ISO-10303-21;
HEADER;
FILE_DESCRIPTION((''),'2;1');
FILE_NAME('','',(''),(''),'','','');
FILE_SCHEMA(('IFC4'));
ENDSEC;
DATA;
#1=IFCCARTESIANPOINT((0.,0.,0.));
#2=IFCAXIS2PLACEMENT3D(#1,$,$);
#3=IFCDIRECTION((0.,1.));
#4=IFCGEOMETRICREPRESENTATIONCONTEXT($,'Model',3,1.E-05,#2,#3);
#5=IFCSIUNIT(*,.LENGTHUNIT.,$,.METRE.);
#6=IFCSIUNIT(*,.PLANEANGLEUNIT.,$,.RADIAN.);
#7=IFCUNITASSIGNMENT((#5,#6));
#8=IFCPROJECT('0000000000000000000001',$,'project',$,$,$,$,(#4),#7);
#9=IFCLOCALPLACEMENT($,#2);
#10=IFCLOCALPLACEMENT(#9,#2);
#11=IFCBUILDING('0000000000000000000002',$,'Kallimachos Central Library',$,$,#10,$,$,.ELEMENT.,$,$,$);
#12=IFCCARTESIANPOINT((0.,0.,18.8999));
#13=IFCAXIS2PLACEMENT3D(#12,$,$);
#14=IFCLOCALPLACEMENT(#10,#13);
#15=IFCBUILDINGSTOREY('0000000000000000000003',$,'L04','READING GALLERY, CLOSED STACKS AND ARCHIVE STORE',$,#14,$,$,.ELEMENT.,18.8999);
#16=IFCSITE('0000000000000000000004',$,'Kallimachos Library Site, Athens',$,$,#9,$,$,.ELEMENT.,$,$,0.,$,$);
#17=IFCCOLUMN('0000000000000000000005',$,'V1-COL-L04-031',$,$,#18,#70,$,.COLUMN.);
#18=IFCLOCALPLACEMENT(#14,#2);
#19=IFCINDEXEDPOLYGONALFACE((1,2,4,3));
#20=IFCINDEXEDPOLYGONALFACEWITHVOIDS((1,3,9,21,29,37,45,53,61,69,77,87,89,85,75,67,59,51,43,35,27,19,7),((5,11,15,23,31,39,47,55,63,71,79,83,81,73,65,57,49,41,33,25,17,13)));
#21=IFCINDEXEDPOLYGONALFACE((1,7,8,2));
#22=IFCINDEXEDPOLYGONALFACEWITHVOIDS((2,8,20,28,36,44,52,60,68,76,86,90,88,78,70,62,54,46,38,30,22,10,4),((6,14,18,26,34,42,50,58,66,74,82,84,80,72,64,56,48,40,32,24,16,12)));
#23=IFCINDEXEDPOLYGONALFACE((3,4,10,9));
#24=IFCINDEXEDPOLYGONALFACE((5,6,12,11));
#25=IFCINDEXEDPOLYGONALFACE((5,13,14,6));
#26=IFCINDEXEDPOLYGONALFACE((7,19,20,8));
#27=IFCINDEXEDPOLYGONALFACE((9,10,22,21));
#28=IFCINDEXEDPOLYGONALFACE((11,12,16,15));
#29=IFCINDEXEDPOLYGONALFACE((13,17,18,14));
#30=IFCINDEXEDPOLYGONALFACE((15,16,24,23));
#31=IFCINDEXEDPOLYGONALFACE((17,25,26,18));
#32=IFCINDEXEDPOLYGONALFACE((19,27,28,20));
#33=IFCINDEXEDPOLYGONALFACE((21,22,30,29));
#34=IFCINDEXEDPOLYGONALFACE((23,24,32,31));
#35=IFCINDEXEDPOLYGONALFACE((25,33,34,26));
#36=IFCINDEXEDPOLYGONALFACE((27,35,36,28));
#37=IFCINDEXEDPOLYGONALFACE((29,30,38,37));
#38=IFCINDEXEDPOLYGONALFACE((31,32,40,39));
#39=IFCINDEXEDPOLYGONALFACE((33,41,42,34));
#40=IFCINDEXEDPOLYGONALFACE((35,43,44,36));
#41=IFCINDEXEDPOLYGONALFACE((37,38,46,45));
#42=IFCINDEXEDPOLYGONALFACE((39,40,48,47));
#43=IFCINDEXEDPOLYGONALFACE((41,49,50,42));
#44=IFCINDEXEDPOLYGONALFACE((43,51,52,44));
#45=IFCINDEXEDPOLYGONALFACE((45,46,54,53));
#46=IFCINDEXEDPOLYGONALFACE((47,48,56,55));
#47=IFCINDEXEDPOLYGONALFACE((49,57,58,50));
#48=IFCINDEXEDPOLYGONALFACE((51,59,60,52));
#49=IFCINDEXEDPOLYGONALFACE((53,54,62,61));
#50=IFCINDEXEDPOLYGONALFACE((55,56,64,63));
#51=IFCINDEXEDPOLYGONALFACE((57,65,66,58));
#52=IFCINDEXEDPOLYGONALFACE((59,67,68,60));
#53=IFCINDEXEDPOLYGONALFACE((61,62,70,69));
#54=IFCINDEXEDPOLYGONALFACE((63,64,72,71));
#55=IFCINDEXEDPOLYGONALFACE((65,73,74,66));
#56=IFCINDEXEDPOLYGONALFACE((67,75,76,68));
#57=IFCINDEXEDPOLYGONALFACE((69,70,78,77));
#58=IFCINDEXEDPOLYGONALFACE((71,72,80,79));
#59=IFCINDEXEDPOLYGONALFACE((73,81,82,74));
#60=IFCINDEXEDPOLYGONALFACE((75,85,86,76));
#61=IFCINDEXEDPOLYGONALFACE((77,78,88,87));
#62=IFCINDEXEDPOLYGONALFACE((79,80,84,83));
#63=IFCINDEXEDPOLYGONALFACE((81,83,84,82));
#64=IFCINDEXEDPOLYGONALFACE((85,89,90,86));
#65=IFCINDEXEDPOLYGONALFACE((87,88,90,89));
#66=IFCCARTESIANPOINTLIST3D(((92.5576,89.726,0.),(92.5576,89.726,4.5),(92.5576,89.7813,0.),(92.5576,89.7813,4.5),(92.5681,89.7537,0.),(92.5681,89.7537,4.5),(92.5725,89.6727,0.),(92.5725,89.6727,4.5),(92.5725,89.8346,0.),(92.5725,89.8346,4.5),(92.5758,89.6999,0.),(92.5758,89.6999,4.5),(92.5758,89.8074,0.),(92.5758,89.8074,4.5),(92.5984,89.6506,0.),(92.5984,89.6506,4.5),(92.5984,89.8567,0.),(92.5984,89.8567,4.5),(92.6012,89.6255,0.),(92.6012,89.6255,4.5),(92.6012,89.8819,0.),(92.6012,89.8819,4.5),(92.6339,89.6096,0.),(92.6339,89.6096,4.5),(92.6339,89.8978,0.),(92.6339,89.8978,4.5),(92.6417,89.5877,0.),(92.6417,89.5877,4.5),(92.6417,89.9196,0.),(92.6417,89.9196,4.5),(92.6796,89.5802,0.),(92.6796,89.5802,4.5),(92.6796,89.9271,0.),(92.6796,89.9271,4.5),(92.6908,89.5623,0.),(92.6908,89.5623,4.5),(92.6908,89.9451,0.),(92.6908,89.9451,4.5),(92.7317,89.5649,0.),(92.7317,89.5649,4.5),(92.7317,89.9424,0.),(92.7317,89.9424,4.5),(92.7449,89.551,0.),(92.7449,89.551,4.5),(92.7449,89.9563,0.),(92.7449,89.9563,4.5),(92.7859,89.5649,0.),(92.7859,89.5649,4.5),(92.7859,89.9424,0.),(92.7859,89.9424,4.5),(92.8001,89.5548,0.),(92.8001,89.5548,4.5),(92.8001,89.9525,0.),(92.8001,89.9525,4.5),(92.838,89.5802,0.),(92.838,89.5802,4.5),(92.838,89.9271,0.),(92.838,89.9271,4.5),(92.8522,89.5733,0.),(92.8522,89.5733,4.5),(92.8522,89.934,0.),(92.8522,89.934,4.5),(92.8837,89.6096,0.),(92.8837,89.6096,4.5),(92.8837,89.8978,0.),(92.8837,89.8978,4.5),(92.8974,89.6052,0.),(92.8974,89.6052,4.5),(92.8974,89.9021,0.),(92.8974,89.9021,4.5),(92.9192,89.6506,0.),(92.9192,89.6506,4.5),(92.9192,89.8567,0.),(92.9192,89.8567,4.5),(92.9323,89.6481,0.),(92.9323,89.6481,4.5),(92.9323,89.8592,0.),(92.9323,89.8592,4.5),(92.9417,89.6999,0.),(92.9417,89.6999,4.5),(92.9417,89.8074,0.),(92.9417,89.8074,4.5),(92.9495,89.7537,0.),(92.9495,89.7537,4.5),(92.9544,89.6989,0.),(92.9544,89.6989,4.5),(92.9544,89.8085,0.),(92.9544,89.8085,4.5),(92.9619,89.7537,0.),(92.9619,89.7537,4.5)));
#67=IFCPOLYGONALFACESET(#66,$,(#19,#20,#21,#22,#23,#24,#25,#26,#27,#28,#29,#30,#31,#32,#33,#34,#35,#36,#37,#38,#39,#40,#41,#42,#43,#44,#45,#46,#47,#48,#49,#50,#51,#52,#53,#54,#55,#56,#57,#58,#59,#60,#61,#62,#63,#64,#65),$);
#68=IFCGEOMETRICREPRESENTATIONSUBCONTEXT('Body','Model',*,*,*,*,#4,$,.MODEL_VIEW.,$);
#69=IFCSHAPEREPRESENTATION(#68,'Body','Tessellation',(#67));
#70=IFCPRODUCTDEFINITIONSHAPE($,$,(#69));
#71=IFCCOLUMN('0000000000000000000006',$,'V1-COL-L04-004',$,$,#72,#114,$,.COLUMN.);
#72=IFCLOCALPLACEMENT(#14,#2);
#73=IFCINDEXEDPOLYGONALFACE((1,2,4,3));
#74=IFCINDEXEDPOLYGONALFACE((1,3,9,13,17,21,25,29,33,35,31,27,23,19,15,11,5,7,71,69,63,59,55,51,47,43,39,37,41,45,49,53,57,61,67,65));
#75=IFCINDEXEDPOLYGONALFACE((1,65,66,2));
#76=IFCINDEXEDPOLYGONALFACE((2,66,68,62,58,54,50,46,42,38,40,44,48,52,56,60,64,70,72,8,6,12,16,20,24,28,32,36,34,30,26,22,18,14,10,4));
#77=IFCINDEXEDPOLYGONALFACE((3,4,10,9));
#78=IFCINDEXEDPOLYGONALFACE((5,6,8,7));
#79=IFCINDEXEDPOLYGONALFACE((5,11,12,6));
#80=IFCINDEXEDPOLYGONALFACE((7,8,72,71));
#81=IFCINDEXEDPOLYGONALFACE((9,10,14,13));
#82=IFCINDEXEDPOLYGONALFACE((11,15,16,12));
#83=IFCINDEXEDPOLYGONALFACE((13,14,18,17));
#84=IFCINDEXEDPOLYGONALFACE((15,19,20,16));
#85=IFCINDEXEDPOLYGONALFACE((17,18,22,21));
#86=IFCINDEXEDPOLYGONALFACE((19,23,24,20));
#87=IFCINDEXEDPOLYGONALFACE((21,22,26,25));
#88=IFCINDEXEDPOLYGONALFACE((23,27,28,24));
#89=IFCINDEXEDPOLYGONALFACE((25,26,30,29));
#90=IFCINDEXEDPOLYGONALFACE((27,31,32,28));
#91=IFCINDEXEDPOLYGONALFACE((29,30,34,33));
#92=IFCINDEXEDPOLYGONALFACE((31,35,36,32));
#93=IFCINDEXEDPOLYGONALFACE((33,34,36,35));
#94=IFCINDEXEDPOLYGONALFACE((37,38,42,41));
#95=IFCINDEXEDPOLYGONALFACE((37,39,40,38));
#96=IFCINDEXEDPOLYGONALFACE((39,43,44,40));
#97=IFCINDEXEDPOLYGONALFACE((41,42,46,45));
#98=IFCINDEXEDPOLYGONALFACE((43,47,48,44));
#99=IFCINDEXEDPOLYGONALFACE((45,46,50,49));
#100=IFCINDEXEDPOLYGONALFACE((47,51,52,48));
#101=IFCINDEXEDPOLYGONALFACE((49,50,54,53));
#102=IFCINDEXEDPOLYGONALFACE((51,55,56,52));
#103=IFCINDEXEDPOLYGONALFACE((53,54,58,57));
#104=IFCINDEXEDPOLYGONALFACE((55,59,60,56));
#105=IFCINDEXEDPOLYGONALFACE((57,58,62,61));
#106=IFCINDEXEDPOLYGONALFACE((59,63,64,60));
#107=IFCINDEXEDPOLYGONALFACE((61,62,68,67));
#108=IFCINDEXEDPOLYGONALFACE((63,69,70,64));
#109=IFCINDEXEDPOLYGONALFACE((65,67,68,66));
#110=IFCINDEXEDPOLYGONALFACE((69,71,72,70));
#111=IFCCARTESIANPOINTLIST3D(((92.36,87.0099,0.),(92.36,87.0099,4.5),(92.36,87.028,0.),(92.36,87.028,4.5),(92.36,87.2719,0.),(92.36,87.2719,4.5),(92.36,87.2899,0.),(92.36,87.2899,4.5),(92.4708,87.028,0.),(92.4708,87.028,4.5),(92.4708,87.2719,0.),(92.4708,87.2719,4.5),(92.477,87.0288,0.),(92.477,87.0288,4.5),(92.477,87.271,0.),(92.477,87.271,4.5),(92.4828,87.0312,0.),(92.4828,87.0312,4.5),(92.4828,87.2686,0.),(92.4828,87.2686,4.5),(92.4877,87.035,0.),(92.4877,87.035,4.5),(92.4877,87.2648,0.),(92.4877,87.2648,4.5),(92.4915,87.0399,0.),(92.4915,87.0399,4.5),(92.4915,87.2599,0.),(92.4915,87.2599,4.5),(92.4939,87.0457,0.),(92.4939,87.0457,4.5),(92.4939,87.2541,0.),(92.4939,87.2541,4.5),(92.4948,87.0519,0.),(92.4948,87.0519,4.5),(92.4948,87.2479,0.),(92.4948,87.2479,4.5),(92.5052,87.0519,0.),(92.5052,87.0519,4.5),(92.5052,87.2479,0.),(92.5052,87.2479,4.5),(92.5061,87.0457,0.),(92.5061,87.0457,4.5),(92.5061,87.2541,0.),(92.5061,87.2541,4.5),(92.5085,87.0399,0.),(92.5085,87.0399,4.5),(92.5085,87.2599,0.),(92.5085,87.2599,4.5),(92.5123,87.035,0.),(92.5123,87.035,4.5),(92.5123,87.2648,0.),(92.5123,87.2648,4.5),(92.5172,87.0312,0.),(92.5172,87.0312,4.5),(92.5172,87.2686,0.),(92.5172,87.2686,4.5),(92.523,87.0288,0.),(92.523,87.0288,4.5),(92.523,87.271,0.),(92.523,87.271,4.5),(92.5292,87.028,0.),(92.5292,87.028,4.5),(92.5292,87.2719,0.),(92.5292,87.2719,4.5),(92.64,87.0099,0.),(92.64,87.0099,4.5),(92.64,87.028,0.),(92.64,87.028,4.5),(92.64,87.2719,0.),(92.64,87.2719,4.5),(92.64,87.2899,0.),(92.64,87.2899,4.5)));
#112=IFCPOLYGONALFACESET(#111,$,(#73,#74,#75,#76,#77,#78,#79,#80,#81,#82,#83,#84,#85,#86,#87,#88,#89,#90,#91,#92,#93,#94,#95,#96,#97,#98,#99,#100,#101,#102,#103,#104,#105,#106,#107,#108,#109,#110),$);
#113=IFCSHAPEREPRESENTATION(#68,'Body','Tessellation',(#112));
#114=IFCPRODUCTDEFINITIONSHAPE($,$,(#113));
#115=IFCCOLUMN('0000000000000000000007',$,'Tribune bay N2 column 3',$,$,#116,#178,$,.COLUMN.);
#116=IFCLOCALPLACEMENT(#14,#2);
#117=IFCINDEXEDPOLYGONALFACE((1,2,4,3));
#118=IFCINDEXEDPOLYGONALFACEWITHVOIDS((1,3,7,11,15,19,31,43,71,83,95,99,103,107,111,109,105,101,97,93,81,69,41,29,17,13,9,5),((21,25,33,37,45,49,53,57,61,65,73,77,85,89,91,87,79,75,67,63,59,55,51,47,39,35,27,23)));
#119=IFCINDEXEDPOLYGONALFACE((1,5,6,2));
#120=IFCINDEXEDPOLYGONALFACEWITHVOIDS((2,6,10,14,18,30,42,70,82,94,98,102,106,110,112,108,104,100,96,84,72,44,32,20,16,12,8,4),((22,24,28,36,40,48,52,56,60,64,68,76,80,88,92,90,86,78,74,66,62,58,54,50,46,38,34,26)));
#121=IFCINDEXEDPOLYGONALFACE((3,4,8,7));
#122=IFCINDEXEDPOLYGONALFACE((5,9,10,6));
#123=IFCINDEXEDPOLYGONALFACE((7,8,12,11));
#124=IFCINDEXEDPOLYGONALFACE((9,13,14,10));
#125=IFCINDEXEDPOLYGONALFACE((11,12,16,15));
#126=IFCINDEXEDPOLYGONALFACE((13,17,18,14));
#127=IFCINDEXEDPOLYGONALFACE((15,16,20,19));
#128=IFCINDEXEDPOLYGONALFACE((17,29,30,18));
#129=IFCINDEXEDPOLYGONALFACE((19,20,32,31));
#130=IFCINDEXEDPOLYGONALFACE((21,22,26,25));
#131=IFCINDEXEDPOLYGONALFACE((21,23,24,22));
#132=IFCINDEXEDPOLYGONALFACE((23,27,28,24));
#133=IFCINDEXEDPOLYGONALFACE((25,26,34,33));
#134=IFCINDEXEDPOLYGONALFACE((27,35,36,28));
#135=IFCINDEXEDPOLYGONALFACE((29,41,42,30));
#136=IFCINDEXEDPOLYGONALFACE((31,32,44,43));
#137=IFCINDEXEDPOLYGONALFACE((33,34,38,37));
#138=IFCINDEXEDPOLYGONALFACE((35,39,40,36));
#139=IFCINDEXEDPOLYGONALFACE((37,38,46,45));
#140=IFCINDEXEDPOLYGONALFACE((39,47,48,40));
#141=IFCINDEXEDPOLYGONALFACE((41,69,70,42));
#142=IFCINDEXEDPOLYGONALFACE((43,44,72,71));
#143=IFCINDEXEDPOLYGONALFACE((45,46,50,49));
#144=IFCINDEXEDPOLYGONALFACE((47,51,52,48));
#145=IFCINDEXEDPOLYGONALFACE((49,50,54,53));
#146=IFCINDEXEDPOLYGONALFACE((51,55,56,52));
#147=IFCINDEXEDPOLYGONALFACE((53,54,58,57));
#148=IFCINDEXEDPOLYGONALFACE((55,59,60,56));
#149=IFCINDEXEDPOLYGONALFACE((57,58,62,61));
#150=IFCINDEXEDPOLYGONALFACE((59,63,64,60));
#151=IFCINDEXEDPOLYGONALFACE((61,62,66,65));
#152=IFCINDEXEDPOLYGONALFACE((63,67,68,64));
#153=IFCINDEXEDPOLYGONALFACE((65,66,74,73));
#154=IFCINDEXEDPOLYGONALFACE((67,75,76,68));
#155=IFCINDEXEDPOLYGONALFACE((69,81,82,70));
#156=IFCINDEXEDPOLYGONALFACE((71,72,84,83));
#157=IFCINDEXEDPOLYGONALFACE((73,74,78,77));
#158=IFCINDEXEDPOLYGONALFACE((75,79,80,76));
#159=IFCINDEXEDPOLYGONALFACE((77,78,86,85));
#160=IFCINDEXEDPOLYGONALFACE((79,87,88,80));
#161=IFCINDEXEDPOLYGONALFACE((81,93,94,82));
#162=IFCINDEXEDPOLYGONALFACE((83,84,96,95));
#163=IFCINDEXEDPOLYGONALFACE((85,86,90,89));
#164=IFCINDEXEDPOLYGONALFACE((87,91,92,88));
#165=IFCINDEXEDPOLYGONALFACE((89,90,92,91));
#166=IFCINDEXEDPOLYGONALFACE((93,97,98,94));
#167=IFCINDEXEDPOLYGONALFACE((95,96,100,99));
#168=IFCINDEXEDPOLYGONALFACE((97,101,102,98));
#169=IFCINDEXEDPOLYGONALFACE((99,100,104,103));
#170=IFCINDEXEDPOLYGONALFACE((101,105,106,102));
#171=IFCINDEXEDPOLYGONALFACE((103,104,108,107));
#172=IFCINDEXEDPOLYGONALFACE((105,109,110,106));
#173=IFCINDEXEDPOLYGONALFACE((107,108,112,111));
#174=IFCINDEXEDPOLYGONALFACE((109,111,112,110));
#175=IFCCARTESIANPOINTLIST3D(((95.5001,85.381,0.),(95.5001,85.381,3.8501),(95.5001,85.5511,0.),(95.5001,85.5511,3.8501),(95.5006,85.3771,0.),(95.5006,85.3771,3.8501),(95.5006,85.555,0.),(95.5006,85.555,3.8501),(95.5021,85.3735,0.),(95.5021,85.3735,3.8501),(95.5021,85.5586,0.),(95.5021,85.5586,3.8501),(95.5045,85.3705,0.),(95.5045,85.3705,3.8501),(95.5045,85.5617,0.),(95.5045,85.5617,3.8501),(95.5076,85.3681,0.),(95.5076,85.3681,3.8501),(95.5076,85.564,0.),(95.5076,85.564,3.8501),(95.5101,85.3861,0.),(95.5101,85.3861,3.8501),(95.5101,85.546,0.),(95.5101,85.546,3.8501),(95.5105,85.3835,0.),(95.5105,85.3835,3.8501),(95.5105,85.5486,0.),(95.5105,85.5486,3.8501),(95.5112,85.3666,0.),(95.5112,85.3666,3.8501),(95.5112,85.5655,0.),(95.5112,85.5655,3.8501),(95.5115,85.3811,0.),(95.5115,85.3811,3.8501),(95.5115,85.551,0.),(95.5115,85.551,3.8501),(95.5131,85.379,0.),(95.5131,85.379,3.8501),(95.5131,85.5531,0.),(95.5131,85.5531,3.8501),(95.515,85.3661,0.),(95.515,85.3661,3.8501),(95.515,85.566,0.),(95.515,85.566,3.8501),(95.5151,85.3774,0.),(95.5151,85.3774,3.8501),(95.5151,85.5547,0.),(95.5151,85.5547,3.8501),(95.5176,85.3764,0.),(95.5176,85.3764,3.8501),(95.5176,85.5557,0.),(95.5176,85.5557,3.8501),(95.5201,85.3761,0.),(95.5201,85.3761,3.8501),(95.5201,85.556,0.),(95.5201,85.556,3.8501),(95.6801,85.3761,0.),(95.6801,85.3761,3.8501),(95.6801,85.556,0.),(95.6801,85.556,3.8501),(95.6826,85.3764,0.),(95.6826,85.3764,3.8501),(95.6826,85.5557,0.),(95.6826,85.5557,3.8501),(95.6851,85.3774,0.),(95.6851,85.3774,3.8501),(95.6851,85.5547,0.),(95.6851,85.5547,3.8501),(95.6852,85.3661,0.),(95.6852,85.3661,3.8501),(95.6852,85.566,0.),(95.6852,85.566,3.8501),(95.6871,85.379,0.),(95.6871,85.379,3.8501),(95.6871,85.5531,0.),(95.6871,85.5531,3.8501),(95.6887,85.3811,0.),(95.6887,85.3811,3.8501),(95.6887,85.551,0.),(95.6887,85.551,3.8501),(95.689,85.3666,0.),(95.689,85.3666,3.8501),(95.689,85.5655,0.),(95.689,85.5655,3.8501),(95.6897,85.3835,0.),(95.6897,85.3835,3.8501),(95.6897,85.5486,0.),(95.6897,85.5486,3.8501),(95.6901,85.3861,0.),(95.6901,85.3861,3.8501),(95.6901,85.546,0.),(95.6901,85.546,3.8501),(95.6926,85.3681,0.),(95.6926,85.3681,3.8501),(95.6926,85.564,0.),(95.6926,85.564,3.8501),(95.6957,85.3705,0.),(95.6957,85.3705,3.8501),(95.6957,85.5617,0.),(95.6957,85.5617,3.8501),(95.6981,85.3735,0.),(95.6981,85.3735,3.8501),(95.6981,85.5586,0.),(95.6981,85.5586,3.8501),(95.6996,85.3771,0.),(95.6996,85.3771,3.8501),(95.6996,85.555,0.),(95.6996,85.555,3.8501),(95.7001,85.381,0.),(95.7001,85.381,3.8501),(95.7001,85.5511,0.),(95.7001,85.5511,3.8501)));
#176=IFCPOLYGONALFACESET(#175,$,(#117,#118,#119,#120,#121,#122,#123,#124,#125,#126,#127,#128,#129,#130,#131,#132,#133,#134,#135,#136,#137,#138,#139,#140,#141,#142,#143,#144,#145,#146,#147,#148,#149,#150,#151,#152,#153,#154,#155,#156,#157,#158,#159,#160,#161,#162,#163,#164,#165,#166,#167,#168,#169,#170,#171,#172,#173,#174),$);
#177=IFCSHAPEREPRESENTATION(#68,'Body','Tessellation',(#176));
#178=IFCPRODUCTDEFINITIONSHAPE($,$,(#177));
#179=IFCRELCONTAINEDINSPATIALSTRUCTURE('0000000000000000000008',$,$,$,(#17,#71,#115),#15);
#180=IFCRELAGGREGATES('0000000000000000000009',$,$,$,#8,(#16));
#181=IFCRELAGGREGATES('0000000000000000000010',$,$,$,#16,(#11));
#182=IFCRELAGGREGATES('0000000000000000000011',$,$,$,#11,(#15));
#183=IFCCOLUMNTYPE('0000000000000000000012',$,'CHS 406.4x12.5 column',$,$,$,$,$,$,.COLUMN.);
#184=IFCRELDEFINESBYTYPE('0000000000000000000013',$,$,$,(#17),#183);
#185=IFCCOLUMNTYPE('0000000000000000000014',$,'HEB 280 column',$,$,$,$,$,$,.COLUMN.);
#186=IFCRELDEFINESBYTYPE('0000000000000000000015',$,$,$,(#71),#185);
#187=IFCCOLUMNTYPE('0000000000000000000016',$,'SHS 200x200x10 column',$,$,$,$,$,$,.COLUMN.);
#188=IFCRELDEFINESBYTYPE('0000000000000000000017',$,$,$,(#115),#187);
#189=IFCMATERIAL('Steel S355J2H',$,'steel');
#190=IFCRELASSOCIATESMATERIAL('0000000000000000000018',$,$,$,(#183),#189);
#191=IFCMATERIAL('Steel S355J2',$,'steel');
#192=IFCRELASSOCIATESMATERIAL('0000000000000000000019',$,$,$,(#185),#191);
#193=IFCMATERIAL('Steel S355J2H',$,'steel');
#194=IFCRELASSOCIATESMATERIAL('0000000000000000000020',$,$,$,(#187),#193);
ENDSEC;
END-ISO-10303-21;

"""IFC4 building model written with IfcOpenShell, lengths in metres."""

from ifc_helpers import new_model, si_unit, direction, frame, origin, origin_2d, place, context, subcontext, project, spatial, hollow_rectangle, hollow_circle, i_section, extrude, material, material_profile, profile_set, type_object, element, save


model = new_model("IFC4")

# Units and contexts
model_context = context("Model", 3, precision=1e-05, world=origin(), true_north=direction((0.0, 1.0)))
body_context = subcontext(model_context, "Body", "Model", "MODEL_VIEW")
ifc_project = project(units=[si_unit("LENGTHUNIT", "METRE"), si_unit("PLANEANGLEUNIT", "RADIAN")], contexts=[model_context])

# Site, building, storey
site_placement = place(None, origin())
site = spatial("IfcSite", under=ifc_project, at=site_placement, Name="Kallimachos Library Site, Athens", CompositionType="ELEMENT", RefElevation=0.0)
building_placement = place(site_placement, origin())
building = spatial("IfcBuilding", under=site, at=building_placement, Name="Kallimachos Central Library", CompositionType="ELEMENT")
storey_placement = place(building_placement, frame((0.0, 0.0, 18.8999)))
storey = spatial("IfcBuildingStorey", under=building, at=storey_placement, Name="L04", Description="READING GALLERY, CLOSED STACKS AND ARCHIVE STORE", CompositionType="ELEMENT", Elevation=18.8999)

# Columns
ifc_material_1 = material(Name="Steel S355J2H", Category="steel")
ifc_material_profile_1 = material_profile(ifc_material_1, hollow_circle(Radius=0.2031, WallThickness=0.0125, at=origin_2d()), Name="CHS 406.4x12.5")
ifc_profile_set_1 = profile_set([ifc_material_profile_1], Name="Steel S355J2H")
column_type_1 = type_object("IfcColumnType", Name="CHS 406.4x12.5 column", PredefinedType="COLUMN", material=ifc_profile_set_1)
column_1_placement = place(storey_placement, frame((92.7588, 89.7537, 0.0), z_axis=(0.0, 0.0, 1.0), x_axis=(1.0, 0.0, 0.0)))
element("IfcColumn", 1, at=column_1_placement, inside=storey, type_object=column_type_1, Name="V1-COL-L04-031", PredefinedType="COLUMN", context=body_context, shape_type="SweptSolid", body=[
    extrude(hollow_circle(Radius=0.2031, WallThickness=0.0125, at=origin_2d()), origin(), (0.0, 0.0, 1.0), 4.5),
])
ifc_material_2 = material(Name="Steel S355J2", Category="steel")
ifc_material_profile_2 = material_profile(ifc_material_2, i_section(OverallWidth=0.28, OverallDepth=0.28, WebThickness=0.0105, FlangeThickness=0.0181, FilletRadius=0.0239, at=origin_2d()), Name="HEB 280")
ifc_profile_set_2 = profile_set([ifc_material_profile_2], Name="Steel S355J2")
column_type_2 = type_object("IfcColumnType", Name="HEB 280 column", PredefinedType="COLUMN", material=ifc_profile_set_2)
column_2_placement = place(storey_placement, frame((92.5, 87.1499, 0.0), z_axis=(0.0, 0.0, 1.0), x_axis=(1.0, 0.0, 0.0)))
element("IfcColumn", 2, at=column_2_placement, inside=storey, type_object=column_type_2, Name="V1-COL-L04-004", PredefinedType="COLUMN", context=body_context, shape_type="SweptSolid", body=[
    extrude(i_section(OverallWidth=0.28, OverallDepth=0.28, WebThickness=0.0105, FlangeThickness=0.0181, FilletRadius=0.0239, at=origin_2d()), origin(), (0.0, 0.0, 1.0), 4.5),
])
ifc_material_3 = material(Name="Steel S355J2H", Category="steel")
ifc_material_profile_3 = material_profile(ifc_material_3, hollow_rectangle(XDim=0.2, YDim=0.2, WallThickness=0.01, InnerFilletRadius=0.01, OuterFilletRadius=0.0149, at=origin_2d()), Name="SHS 200x200x10")
ifc_profile_set_3 = profile_set([ifc_material_profile_3], Name="Steel S355J2H")
column_type_3 = type_object("IfcColumnType", Name="SHS 200x200x10 column", PredefinedType="COLUMN", material=ifc_profile_set_3)
column_3_placement = place(storey_placement, frame((95.6001, 85.4661, 0.0), z_axis=(0.0, 0.0, 1.0), x_axis=(1.0, 0.0, 0.0)))
element("IfcColumn", 3, at=column_3_placement, inside=storey, type_object=column_type_3, Name="Tribune bay N2 column 3", PredefinedType="COLUMN", context=body_context, shape_type="SweptSolid", body=[
    extrude(hollow_rectangle(XDim=0.2, YDim=0.2, WallThickness=0.01, InnerFilletRadius=0.01, OuterFilletRadius=0.0149, at=origin_2d()), origin(), (0.0, 0.0, 1.0), 3.8501),
])

save(model, "model.ifc")
